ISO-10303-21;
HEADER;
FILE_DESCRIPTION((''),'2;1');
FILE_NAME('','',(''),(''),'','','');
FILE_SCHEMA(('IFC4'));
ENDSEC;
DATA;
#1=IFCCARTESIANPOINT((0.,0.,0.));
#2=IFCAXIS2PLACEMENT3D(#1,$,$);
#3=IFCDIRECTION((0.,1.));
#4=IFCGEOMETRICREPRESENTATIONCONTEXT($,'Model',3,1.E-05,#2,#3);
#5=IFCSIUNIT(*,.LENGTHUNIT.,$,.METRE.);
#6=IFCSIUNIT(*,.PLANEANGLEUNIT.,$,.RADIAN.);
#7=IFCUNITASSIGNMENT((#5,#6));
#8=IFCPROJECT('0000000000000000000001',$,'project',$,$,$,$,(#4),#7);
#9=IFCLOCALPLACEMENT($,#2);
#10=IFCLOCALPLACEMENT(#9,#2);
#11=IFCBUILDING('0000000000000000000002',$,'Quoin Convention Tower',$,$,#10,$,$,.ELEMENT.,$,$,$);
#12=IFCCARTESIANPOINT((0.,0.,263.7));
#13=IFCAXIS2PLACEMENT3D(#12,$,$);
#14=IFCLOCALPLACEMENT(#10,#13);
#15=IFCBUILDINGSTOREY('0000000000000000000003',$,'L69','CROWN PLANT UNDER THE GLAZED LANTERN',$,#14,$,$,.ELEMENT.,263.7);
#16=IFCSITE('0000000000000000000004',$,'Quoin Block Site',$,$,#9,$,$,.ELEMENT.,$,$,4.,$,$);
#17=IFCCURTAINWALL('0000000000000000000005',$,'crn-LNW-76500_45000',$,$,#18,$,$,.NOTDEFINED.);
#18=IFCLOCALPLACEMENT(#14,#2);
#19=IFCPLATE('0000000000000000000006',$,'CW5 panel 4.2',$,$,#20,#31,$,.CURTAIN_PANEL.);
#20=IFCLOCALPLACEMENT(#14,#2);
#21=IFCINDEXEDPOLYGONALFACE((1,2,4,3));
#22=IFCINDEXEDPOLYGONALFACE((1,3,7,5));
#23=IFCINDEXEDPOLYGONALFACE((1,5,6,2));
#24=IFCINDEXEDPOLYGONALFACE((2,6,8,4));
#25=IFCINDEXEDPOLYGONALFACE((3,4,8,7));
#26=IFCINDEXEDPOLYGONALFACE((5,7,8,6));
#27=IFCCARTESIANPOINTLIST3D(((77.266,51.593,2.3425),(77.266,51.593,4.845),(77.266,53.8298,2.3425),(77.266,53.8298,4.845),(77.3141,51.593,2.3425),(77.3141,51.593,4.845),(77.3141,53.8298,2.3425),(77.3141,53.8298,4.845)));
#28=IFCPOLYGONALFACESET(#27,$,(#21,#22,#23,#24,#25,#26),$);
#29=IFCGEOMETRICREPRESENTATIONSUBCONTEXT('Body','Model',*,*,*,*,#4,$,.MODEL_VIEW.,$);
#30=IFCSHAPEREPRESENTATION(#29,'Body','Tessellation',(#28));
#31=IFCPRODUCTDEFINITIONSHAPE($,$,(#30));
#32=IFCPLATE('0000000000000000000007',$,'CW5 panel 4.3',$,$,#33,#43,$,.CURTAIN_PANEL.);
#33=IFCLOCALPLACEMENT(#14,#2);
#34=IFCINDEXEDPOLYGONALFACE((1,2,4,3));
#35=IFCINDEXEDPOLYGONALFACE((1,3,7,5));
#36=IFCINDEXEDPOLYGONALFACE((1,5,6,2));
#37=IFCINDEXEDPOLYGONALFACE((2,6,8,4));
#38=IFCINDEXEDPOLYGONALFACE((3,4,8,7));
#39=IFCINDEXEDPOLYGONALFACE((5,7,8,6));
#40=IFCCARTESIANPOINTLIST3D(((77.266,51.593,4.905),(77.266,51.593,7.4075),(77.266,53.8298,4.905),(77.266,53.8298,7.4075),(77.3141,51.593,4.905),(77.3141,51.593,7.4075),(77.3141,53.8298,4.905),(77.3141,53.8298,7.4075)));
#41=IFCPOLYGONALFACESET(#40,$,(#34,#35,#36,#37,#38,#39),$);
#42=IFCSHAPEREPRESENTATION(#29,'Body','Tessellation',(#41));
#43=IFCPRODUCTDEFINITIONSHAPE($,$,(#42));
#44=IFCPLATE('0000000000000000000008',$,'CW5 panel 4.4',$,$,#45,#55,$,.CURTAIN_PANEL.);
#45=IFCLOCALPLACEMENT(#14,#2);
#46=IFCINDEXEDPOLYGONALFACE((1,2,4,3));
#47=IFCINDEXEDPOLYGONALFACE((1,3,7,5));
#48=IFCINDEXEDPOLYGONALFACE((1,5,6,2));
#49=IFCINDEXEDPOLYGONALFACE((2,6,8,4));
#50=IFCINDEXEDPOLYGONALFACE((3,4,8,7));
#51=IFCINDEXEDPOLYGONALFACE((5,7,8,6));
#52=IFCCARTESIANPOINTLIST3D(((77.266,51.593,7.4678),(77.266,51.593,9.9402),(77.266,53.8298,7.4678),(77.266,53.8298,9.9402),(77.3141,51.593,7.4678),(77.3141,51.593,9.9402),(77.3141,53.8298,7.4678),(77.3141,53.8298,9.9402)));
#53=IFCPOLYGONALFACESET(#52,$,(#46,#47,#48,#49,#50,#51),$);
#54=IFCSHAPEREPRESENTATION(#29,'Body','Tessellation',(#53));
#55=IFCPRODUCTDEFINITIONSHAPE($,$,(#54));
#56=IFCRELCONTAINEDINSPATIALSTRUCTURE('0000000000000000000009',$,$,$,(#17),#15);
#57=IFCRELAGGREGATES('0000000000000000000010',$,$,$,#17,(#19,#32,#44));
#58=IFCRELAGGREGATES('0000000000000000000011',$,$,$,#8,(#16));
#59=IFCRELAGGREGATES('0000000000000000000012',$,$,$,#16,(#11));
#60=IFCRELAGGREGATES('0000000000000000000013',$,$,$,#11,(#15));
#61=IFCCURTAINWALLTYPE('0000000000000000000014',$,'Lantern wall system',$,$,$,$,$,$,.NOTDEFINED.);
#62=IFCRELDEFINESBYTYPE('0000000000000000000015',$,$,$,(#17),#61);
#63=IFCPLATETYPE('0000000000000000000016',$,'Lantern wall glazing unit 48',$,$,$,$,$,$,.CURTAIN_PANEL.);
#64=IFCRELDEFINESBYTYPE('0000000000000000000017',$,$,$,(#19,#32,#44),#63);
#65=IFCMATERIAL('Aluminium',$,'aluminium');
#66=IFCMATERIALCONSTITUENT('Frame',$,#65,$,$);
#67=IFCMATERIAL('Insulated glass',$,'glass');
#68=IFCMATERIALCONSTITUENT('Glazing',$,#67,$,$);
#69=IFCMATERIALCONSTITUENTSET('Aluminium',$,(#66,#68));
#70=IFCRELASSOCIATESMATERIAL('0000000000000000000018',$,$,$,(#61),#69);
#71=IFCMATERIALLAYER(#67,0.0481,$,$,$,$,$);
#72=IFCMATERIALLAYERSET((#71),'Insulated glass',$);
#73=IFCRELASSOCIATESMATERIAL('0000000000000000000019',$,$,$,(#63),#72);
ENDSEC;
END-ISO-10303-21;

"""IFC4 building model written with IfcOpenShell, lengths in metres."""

from ifc_helpers import new_model, si_unit, direction, frame, origin, origin_2d, place, context, subcontext, project, spatial, rectangle, extrude, material, layer, layer_set, constituent, constituent_set, type_object, element, aggregate, save


model = new_model("IFC4")

# Units and contexts
model_context = context("Model", 3, precision=1e-05, world=origin(), true_north=direction((0.0, 1.0)))
body_context = subcontext(model_context, "Body", "Model", "MODEL_VIEW")
ifc_project = project(units=[si_unit("LENGTHUNIT", "METRE"), si_unit("PLANEANGLEUNIT", "RADIAN")], contexts=[model_context])

# Site, building, storey
site_placement = place(None, origin())
site = spatial("IfcSite", under=ifc_project, at=site_placement, Name="Quoin Block Site", CompositionType="ELEMENT", RefElevation=4.0)
building_placement = place(site_placement, origin())
building = spatial("IfcBuilding", under=site, at=building_placement, Name="Quoin Convention Tower", CompositionType="ELEMENT")
storey_placement = place(building_placement, frame((0.0, 0.0, 263.7)))
storey = spatial("IfcBuildingStorey", under=building, at=storey_placement, Name="L69", Description="CROWN PLANT UNDER THE GLAZED LANTERN", CompositionType="ELEMENT", Elevation=263.7)

# Curtain wall
ifc_material_1 = material(Name="Aluminium", Category="aluminium")
ifc_constituent_1 = constituent(ifc_material_1, Name="Frame")
ifc_material_2 = material(Name="Insulated glass", Category="glass")
ifc_constituent_2 = constituent(ifc_material_2, Name="Glazing")
ifc_constituent_set = constituent_set(constituents=[ifc_constituent_1, ifc_constituent_2], Name="Aluminium")
curtain_wall_type = type_object("IfcCurtainWallType", Name="Lantern wall system", PredefinedType="NOTDEFINED", material=ifc_constituent_set)
curtain_wall_placement = place(storey_placement, origin())
curtain_wall = element("IfcCurtainWall", 1, at=curtain_wall_placement, inside=storey, type_object=curtain_wall_type, Name="crn-LNW-76500_45000", PredefinedType="NOTDEFINED")

# Plates
ifc_layer = layer(ifc_material_2, 0.0481)
ifc_layer_set = layer_set([ifc_layer], Name="Insulated glass")
plate_type = type_object("IfcPlateType", Name="Lantern wall glazing unit 48", PredefinedType="CURTAIN_PANEL", material=ifc_layer_set)
plate_1_placement = place(storey_placement, frame((77.29, 52.7114, 2.3425), z_axis=(0.0, 0.0, 1.0), x_axis=(0.0, 1.0, 0.0)))
plate_1 = element("IfcPlate", 2, at=plate_1_placement, type_object=plate_type, Name="CW5 panel 4.2", PredefinedType="CURTAIN_PANEL", context=body_context, shape_type="SweptSolid", body=[
    extrude(rectangle(XDim=2.2368, YDim=0.0481, at=origin_2d()), origin(), (0.0, 0.0, 1.0), 2.5024),
])
plate_2_placement = place(storey_placement, frame((77.29, 52.7114, 4.905), z_axis=(0.0, 0.0, 1.0), x_axis=(0.0, 1.0, 0.0)))
plate_2 = element("IfcPlate", 3, at=plate_2_placement, type_object=plate_type, Name="CW5 panel 4.3", PredefinedType="CURTAIN_PANEL", context=body_context, shape_type="SweptSolid", body=[
    extrude(rectangle(XDim=2.2368, YDim=0.0481, at=origin_2d()), origin(), (0.0, 0.0, 1.0), 2.5024),
])
plate_3_placement = place(storey_placement, frame((77.29, 52.7114, 7.4678), z_axis=(0.0, 0.0, 1.0), x_axis=(0.0, 1.0, 0.0)))
plate_3 = element("IfcPlate", 4, at=plate_3_placement, type_object=plate_type, Name="CW5 panel 4.4", PredefinedType="CURTAIN_PANEL", context=body_context, shape_type="SweptSolid", body=[
    extrude(rectangle(XDim=2.2368, YDim=0.0481, at=origin_2d()), origin(), (0.0, 0.0, 1.0), 2.4724),
])
aggregate(curtain_wall, [plate_1, plate_2, plate_3])

save(model, "model.ifc")
